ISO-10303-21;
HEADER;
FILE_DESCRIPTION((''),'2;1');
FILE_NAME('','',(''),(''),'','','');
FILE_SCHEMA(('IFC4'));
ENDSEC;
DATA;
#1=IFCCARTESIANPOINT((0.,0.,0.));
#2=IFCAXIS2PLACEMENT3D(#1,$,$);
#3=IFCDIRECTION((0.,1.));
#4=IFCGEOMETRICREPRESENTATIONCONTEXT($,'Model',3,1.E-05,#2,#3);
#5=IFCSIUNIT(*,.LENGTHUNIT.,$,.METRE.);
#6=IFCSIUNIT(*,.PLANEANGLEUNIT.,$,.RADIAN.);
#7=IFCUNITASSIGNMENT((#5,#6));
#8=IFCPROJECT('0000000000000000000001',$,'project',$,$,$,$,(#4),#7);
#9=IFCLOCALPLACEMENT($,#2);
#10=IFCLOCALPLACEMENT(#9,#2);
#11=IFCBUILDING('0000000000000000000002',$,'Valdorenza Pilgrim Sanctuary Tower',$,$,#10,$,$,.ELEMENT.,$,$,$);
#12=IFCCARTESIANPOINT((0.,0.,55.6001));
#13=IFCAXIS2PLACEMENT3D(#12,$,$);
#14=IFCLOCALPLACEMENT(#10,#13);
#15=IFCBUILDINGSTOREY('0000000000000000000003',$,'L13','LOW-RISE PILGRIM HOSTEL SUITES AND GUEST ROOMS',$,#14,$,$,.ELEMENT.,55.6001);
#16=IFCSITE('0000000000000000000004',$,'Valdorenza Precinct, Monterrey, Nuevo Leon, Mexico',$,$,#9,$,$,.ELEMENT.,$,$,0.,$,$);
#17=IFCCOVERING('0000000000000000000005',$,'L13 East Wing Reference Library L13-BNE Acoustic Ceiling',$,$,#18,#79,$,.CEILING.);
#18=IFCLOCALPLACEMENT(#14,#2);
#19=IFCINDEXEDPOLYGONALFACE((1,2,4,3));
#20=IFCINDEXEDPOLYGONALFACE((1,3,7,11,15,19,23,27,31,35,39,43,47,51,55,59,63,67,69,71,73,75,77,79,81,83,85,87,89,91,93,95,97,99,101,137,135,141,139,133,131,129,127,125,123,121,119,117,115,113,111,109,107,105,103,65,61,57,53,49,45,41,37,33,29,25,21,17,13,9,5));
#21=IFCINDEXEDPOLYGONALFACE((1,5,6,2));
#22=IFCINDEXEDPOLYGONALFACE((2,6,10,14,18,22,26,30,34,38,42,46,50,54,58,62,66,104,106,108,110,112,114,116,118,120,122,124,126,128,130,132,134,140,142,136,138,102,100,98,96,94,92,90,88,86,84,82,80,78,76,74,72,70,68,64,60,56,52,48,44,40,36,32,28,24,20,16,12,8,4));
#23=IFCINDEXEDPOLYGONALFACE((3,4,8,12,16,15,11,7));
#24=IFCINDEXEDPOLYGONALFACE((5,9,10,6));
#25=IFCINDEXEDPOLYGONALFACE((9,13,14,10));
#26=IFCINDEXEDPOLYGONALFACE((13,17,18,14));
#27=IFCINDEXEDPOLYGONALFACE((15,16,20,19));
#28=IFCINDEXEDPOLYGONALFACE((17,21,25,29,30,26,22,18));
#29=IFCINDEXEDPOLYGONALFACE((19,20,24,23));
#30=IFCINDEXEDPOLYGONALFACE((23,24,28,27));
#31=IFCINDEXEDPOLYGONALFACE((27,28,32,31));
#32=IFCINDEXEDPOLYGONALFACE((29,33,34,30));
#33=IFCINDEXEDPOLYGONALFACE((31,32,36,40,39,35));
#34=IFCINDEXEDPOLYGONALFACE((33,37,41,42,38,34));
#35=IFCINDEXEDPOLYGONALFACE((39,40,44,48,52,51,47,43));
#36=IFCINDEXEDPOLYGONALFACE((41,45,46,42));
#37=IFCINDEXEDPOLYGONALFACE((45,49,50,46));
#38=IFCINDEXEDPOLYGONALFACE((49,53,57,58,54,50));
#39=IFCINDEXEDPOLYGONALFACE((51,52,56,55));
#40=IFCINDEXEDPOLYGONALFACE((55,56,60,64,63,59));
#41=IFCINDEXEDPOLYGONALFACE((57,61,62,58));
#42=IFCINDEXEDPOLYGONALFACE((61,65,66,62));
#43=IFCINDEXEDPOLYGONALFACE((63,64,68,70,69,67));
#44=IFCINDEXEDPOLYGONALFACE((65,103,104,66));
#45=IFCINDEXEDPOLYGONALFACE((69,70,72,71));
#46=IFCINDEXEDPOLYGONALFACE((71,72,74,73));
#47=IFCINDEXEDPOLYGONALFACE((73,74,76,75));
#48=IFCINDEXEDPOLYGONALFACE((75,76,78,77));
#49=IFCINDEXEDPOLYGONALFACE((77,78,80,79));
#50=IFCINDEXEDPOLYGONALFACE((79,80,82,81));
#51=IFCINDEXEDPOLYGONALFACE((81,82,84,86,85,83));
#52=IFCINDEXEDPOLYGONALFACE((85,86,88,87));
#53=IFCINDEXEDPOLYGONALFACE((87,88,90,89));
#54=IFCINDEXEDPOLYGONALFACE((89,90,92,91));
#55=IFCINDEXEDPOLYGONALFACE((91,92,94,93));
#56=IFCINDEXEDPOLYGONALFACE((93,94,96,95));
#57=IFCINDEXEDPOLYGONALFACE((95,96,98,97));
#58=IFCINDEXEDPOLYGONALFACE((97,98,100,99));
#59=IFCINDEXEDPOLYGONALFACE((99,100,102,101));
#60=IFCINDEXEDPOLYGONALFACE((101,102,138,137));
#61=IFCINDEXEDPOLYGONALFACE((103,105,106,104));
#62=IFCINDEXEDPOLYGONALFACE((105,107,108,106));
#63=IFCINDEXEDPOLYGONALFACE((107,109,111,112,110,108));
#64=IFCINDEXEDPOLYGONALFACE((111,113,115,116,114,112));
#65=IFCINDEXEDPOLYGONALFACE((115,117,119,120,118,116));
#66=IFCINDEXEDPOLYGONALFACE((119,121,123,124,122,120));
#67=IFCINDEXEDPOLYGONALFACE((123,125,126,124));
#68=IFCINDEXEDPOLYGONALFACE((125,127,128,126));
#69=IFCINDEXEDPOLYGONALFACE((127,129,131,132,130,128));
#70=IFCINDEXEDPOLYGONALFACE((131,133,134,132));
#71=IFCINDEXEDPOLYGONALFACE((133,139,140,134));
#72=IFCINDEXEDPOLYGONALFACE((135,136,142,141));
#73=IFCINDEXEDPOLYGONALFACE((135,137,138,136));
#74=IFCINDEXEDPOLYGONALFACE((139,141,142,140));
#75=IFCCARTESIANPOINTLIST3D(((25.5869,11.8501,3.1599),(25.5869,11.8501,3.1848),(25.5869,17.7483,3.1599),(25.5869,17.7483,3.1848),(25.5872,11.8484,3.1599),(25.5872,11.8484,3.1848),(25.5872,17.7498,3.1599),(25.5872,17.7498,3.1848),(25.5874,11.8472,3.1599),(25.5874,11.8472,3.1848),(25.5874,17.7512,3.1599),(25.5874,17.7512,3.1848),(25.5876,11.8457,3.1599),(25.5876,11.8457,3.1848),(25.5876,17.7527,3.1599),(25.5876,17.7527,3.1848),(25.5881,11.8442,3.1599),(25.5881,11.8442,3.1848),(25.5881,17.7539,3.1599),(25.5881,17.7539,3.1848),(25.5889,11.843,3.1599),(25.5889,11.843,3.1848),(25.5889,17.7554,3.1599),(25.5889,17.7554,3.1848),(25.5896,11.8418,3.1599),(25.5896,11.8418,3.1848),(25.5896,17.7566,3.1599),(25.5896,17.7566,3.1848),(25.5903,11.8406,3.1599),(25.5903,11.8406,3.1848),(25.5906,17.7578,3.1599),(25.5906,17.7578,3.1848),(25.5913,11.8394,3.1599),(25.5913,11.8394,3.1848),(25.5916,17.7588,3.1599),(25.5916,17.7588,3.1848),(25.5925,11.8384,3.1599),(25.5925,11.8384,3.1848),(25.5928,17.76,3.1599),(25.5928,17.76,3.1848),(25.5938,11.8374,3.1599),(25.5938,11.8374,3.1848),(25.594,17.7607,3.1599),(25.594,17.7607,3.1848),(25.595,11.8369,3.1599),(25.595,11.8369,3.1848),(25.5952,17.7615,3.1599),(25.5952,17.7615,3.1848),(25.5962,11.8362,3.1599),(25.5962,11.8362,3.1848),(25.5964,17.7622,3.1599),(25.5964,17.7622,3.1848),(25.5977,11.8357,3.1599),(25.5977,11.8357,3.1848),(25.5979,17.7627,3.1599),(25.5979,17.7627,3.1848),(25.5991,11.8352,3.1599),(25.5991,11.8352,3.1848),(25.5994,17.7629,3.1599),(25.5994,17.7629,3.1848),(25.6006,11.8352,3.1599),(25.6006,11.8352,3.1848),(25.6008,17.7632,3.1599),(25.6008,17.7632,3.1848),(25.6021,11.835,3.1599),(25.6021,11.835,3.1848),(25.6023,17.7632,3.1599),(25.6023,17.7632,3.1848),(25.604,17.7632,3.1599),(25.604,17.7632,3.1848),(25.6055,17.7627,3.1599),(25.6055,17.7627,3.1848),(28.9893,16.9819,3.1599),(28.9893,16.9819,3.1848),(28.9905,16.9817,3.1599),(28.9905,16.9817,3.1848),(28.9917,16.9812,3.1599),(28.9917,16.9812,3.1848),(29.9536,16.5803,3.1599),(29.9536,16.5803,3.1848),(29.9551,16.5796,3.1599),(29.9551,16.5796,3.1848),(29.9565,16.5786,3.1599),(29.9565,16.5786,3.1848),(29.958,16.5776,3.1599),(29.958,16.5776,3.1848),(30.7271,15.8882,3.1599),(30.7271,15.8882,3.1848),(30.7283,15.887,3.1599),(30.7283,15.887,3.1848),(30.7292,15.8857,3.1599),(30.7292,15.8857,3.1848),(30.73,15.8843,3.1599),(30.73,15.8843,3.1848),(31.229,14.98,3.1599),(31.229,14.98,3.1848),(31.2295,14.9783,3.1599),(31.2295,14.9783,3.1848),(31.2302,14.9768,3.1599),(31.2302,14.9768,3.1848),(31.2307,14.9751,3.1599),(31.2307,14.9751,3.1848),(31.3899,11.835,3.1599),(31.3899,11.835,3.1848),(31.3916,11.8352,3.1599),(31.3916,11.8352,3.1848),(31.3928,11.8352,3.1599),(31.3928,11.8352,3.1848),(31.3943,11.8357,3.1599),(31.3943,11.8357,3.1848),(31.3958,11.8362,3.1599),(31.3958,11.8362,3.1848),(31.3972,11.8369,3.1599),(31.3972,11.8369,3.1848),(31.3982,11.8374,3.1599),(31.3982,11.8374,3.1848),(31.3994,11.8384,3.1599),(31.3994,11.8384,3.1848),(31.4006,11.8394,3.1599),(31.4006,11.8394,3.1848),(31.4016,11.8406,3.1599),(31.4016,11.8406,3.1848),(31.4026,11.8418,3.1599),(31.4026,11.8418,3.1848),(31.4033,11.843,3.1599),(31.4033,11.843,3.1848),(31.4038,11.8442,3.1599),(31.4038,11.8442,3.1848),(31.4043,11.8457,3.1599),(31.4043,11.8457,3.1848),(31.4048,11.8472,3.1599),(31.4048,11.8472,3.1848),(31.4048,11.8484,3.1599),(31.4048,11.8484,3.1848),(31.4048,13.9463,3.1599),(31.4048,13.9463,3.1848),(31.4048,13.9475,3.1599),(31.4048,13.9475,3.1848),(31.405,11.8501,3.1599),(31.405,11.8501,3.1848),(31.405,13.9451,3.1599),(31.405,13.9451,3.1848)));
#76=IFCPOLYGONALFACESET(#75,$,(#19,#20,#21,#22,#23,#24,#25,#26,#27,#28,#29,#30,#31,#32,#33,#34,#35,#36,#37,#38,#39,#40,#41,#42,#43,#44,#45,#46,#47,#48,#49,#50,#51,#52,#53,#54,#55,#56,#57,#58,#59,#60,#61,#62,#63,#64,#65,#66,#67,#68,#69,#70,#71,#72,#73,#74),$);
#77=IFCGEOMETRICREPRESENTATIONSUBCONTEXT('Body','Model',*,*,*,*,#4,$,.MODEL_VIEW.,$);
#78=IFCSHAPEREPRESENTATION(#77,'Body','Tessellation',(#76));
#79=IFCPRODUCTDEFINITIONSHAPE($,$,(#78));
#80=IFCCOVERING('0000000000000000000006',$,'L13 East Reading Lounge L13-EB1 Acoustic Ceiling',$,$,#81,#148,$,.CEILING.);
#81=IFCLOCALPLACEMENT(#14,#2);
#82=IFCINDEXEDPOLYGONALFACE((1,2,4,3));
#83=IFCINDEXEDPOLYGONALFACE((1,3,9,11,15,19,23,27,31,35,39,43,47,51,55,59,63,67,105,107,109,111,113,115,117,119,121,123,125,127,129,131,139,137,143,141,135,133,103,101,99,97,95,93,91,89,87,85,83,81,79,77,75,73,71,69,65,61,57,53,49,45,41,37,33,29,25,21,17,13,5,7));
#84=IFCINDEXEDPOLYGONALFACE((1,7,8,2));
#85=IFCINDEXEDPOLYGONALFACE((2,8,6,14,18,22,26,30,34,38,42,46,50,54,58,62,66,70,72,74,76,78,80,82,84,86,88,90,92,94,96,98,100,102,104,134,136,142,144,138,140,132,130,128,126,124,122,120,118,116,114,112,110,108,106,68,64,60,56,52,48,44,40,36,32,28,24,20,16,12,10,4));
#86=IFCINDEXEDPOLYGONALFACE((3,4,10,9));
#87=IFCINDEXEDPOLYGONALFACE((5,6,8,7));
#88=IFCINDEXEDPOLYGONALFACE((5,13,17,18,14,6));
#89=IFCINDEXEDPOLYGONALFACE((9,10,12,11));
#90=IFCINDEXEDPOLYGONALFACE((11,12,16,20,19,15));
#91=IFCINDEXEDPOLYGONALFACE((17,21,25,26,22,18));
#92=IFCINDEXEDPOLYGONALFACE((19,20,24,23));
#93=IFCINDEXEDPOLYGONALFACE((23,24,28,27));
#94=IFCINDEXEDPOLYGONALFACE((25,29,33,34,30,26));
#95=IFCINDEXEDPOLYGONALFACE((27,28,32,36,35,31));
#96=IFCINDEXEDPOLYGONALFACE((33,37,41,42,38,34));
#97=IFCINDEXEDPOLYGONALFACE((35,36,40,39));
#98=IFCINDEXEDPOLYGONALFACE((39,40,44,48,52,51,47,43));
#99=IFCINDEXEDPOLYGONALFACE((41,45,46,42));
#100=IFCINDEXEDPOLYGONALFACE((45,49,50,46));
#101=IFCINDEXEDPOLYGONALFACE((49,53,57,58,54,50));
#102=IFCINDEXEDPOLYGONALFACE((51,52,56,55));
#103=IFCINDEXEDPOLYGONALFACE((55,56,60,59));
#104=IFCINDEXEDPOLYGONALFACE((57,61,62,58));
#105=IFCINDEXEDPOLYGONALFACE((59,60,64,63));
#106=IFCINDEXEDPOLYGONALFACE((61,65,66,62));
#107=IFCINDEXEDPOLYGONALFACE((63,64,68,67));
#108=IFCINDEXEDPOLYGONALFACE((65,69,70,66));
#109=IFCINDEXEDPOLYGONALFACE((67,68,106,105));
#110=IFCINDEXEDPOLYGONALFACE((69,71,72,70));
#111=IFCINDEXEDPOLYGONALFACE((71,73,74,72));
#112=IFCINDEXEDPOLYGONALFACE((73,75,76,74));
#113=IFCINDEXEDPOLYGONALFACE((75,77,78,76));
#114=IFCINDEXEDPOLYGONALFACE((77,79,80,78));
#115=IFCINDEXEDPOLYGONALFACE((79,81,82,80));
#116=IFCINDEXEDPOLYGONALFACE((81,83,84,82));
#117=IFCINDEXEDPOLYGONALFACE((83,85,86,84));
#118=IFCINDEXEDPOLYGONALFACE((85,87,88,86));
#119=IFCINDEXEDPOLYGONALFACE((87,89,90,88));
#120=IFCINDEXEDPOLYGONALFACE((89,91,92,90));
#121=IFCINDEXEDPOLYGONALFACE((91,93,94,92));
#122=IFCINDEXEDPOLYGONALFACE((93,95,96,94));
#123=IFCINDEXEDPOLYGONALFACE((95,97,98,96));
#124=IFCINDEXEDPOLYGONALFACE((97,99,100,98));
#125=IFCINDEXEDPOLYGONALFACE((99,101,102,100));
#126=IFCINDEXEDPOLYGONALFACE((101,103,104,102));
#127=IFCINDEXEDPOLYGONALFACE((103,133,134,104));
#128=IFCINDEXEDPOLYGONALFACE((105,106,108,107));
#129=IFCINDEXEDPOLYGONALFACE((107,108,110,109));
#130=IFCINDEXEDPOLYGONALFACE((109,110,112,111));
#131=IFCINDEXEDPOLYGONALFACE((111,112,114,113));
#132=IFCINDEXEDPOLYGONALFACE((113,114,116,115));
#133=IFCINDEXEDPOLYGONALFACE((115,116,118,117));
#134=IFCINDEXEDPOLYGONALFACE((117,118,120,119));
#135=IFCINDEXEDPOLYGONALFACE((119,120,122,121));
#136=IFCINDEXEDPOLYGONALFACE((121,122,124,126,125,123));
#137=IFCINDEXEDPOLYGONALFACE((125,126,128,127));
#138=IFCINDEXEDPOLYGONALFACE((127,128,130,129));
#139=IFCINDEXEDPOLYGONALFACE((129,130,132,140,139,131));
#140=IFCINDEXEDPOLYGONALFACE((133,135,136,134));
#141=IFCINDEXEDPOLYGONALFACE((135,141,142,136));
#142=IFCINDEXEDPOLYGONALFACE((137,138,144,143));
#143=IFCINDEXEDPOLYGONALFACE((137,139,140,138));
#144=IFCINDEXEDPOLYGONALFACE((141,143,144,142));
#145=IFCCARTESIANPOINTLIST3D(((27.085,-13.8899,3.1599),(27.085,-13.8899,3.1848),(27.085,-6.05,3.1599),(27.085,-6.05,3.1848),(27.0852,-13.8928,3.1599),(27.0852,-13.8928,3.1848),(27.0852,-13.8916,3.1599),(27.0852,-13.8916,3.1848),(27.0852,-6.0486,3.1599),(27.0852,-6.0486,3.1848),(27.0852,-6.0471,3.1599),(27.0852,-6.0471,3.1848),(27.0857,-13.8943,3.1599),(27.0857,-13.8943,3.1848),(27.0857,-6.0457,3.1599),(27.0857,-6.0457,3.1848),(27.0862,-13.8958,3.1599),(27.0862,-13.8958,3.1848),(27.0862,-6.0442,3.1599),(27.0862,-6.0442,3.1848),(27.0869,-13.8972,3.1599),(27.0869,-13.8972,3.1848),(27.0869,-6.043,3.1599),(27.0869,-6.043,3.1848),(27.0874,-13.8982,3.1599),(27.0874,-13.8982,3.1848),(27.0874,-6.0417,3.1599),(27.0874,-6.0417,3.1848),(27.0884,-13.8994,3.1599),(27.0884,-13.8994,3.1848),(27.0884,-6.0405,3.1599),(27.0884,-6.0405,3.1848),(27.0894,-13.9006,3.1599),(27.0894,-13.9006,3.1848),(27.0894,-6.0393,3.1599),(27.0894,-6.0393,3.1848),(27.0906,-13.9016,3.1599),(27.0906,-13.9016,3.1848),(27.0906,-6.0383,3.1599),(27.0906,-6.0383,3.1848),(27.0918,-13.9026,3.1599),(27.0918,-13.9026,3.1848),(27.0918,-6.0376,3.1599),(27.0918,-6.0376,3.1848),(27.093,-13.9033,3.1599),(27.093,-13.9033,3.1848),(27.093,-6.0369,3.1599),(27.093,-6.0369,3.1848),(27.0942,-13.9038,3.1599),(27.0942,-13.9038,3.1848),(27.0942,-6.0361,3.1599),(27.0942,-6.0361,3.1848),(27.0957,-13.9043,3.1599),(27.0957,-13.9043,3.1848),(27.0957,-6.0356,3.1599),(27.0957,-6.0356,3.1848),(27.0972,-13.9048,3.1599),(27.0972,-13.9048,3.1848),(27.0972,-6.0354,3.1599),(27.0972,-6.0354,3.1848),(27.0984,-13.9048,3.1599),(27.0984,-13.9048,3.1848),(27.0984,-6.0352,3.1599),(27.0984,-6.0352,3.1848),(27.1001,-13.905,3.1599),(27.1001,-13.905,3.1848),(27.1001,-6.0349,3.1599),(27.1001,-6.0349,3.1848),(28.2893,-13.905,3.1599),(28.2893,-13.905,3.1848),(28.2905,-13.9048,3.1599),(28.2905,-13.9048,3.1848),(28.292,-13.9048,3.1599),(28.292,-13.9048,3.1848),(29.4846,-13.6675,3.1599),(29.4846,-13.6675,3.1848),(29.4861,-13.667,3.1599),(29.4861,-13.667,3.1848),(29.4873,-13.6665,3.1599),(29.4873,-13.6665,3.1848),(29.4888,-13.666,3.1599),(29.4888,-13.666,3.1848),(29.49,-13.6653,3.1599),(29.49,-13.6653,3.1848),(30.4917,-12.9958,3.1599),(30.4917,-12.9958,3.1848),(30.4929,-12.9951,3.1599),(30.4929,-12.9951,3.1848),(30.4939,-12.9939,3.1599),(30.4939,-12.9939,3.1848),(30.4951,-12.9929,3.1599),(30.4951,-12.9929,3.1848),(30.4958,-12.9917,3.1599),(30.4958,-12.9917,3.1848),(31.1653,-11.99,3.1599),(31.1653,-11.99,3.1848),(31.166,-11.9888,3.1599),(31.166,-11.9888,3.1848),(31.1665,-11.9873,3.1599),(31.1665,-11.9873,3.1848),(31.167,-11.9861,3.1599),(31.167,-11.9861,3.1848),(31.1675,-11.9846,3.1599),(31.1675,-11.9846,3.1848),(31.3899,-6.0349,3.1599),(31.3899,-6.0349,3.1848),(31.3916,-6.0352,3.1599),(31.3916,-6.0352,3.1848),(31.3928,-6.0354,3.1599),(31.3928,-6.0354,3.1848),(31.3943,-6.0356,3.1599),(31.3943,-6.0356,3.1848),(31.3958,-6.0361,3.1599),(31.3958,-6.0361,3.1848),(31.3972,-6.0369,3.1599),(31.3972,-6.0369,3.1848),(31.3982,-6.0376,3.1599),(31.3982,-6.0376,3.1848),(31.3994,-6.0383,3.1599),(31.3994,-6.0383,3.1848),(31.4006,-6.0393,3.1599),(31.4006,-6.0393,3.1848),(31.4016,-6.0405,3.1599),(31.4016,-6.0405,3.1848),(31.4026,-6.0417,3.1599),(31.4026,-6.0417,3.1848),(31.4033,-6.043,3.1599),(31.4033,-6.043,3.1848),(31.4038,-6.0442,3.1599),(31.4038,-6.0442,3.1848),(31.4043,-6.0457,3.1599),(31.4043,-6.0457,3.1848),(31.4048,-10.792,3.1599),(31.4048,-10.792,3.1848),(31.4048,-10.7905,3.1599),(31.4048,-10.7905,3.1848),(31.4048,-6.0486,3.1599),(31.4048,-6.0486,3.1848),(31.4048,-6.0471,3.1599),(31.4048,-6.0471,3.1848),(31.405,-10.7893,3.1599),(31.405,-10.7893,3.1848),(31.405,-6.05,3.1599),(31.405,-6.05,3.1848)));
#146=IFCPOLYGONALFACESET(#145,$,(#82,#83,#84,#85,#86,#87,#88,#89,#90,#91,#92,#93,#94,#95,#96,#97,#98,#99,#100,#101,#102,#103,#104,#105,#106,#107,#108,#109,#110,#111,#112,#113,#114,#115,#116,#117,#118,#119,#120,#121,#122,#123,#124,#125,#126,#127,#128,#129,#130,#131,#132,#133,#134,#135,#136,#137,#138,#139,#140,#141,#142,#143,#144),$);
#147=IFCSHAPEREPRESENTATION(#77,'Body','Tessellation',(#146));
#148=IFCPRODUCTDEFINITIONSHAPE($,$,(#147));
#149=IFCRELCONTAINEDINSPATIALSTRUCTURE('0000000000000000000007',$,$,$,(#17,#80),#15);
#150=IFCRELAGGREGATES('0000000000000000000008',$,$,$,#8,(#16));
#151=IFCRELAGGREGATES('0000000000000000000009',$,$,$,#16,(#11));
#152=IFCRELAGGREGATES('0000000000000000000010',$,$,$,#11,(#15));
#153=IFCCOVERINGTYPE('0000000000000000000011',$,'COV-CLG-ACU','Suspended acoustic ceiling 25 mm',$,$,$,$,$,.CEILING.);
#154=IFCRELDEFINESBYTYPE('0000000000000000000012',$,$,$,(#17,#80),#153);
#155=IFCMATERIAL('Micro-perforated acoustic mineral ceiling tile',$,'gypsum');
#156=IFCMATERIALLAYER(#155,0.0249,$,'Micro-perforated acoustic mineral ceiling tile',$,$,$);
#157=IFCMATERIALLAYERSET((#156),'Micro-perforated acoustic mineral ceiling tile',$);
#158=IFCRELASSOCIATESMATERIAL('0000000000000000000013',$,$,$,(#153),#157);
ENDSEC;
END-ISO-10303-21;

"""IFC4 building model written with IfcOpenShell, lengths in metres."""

from ifc_helpers import new_model, si_unit, direction, frame, origin, place, context, subcontext, project, spatial, polyline, outline, extrude, material, layer, layer_set, type_object, element, save


model = new_model("IFC4")

# Units and contexts
model_context = context("Model", 3, precision=1e-05, world=origin(), true_north=direction((0.0, 1.0)))
body_context = subcontext(model_context, "Body", "Model", "MODEL_VIEW")
ifc_project = project(units=[si_unit("LENGTHUNIT", "METRE"), si_unit("PLANEANGLEUNIT", "RADIAN")], contexts=[model_context])

# Site, building, storey
site_placement = place(None, origin())
site = spatial("IfcSite", under=ifc_project, at=site_placement, Name="Valdorenza Precinct, Monterrey, Nuevo Leon, Mexico", CompositionType="ELEMENT", RefElevation=0.0)
building_placement = place(site_placement, origin())
building = spatial("IfcBuilding", under=site, at=building_placement, Name="Valdorenza Pilgrim Sanctuary Tower", CompositionType="ELEMENT")
storey_placement = place(building_placement, frame((0.0, 0.0, 55.6001)))
storey = spatial("IfcBuildingStorey", under=building, at=storey_placement, Name="L13", Description="LOW-RISE PILGRIM HOSTEL SUITES AND GUEST ROOMS", CompositionType="ELEMENT", Elevation=55.6001)

# Coverings
ifc_material_1 = material(Name="Micro-perforated acoustic mineral ceiling tile", Category="gypsum")
ifc_layer_1 = layer(ifc_material_1, 0.0249, Name="Micro-perforated acoustic mineral ceiling tile")
ifc_layer_set_1 = layer_set([ifc_layer_1], Name="Micro-perforated acoustic mineral ceiling tile")
covering_type_1 = type_object("IfcCoveringType", Name="COV-CLG-ACU", Description="Suspended acoustic ceiling 25 mm", PredefinedType="CEILING", material=ifc_layer_set_1)
covering_1_placement = place(storey_placement, frame((0.0, 0.0, 3.1599)))
element("IfcCovering", 1, at=covering_1_placement, inside=storey, type_object=covering_type_1, Name="L13 East Wing Reference Library L13-BNE Acoustic Ceiling", PredefinedType="CEILING", context=body_context, shape_type="SweptSolid", body=[
    extrude(outline(polyline([(28.9893, 16.9819), (28.9905, 16.9817), (28.9917, 16.9812), (29.9536, 16.5803), (29.9551, 16.5796), (29.9565, 16.5786), (29.958, 16.5776), (30.7271, 15.8882), (30.7283, 15.887), (30.7292, 15.8857), (30.73, 15.8843), (31.229, 14.98), (31.2295, 14.9783), (31.2302, 14.9768), (31.2307, 14.9751), (31.4048, 13.9475), (31.4048, 13.9463), (31.405, 13.9451), (31.405, 11.8501), (31.4048, 11.8484), (31.4048, 11.8472), (31.4043, 11.8457), (31.4038, 11.8442), (31.4033, 11.843), (31.4026, 11.8418), (31.4016, 11.8406), (31.4006, 11.8394), (31.3994, 11.8384), (31.3982, 11.8374), (31.3972, 11.8369), (31.3958, 11.8362), (31.3943, 11.8357), (31.3928, 11.8352), (31.3916, 11.8352), (31.3899, 11.835), (25.6021, 11.835), (25.6006, 11.8352), (25.5991, 11.8352), (25.5977, 11.8357), (25.5962, 11.8362), (25.595, 11.8369), (25.5938, 11.8374), (25.5925, 11.8384), (25.5913, 11.8394), (25.5903, 11.8406), (25.5896, 11.8418), (25.5889, 11.843), (25.5881, 11.8442), (25.5876, 11.8457), (25.5874, 11.8472), (25.5872, 11.8484), (25.5869, 11.8501), (25.5869, 17.7483), (25.5872, 17.7498), (25.5874, 17.7512), (25.5876, 17.7527), (25.5881, 17.7539), (25.5889, 17.7554), (25.5896, 17.7566), (25.5906, 17.7578), (25.5916, 17.7588), (25.5928, 17.76), (25.594, 17.7607), (25.5952, 17.7615), (25.5964, 17.7622), (25.5979, 17.7627), (25.5994, 17.7629), (25.6008, 17.7632), (25.6023, 17.7632), (25.604, 17.7632), (25.6055, 17.7627), (28.9893, 16.9819)])), origin(), (0.0, 0.0, 1.0), 0.0249),
])
covering_2_placement = place(storey_placement, frame((0.0, 0.0, 3.1599)))
element("IfcCovering", 2, at=covering_2_placement, inside=storey, type_object=covering_type_1, Name="L13 East Reading Lounge L13-EB1 Acoustic Ceiling", PredefinedType="CEILING", context=body_context, shape_type="SweptSolid", body=[
    extrude(outline(polyline([(31.3899, -6.0349), (31.3916, -6.0352), (31.3928, -6.0354), (31.3943, -6.0356), (31.3958, -6.0361), (31.3972, -6.0369), (31.3982, -6.0376), (31.3994, -6.0383), (31.4006, -6.0393), (31.4016, -6.0405), (31.4026, -6.0417), (31.4033, -6.043), (31.4038, -6.0442), (31.4043, -6.0457), (31.4048, -6.0471), (31.4048, -6.0486), (31.405, -6.05), (31.405, -10.7893), (31.4048, -10.7905), (31.4048, -10.792), (31.1675, -11.9846), (31.167, -11.9861), (31.1665, -11.9873), (31.166, -11.9888), (31.1653, -11.99), (30.4958, -12.9917), (30.4951, -12.9929), (30.4939, -12.9939), (30.4929, -12.9951), (30.4917, -12.9958), (29.49, -13.6653), (29.4888, -13.666), (29.4873, -13.6665), (29.4861, -13.667), (29.4846, -13.6675), (28.292, -13.9048), (28.2905, -13.9048), (28.2893, -13.905), (27.1001, -13.905), (27.0984, -13.9048), (27.0972, -13.9048), (27.0957, -13.9043), (27.0942, -13.9038), (27.093, -13.9033), (27.0918, -13.9026), (27.0906, -13.9016), (27.0894, -13.9006), (27.0884, -13.8994), (27.0874, -13.8982), (27.0869, -13.8972), (27.0862, -13.8958), (27.0857, -13.8943), (27.0852, -13.8928), (27.0852, -13.8916), (27.085, -13.8899), (27.085, -6.05), (27.0852, -6.0486), (27.0852, -6.0471), (27.0857, -6.0457), (27.0862, -6.0442), (27.0869, -6.043), (27.0874, -6.0417), (27.0884, -6.0405), (27.0894, -6.0393), (27.0906, -6.0383), (27.0918, -6.0376), (27.093, -6.0369), (27.0942, -6.0361), (27.0957, -6.0356), (27.0972, -6.0354), (27.0984, -6.0352), (27.1001, -6.0349), (31.3899, -6.0349)])), origin(), (0.0, 0.0, 1.0), 0.0249),
])

save(model, "model.ifc")
